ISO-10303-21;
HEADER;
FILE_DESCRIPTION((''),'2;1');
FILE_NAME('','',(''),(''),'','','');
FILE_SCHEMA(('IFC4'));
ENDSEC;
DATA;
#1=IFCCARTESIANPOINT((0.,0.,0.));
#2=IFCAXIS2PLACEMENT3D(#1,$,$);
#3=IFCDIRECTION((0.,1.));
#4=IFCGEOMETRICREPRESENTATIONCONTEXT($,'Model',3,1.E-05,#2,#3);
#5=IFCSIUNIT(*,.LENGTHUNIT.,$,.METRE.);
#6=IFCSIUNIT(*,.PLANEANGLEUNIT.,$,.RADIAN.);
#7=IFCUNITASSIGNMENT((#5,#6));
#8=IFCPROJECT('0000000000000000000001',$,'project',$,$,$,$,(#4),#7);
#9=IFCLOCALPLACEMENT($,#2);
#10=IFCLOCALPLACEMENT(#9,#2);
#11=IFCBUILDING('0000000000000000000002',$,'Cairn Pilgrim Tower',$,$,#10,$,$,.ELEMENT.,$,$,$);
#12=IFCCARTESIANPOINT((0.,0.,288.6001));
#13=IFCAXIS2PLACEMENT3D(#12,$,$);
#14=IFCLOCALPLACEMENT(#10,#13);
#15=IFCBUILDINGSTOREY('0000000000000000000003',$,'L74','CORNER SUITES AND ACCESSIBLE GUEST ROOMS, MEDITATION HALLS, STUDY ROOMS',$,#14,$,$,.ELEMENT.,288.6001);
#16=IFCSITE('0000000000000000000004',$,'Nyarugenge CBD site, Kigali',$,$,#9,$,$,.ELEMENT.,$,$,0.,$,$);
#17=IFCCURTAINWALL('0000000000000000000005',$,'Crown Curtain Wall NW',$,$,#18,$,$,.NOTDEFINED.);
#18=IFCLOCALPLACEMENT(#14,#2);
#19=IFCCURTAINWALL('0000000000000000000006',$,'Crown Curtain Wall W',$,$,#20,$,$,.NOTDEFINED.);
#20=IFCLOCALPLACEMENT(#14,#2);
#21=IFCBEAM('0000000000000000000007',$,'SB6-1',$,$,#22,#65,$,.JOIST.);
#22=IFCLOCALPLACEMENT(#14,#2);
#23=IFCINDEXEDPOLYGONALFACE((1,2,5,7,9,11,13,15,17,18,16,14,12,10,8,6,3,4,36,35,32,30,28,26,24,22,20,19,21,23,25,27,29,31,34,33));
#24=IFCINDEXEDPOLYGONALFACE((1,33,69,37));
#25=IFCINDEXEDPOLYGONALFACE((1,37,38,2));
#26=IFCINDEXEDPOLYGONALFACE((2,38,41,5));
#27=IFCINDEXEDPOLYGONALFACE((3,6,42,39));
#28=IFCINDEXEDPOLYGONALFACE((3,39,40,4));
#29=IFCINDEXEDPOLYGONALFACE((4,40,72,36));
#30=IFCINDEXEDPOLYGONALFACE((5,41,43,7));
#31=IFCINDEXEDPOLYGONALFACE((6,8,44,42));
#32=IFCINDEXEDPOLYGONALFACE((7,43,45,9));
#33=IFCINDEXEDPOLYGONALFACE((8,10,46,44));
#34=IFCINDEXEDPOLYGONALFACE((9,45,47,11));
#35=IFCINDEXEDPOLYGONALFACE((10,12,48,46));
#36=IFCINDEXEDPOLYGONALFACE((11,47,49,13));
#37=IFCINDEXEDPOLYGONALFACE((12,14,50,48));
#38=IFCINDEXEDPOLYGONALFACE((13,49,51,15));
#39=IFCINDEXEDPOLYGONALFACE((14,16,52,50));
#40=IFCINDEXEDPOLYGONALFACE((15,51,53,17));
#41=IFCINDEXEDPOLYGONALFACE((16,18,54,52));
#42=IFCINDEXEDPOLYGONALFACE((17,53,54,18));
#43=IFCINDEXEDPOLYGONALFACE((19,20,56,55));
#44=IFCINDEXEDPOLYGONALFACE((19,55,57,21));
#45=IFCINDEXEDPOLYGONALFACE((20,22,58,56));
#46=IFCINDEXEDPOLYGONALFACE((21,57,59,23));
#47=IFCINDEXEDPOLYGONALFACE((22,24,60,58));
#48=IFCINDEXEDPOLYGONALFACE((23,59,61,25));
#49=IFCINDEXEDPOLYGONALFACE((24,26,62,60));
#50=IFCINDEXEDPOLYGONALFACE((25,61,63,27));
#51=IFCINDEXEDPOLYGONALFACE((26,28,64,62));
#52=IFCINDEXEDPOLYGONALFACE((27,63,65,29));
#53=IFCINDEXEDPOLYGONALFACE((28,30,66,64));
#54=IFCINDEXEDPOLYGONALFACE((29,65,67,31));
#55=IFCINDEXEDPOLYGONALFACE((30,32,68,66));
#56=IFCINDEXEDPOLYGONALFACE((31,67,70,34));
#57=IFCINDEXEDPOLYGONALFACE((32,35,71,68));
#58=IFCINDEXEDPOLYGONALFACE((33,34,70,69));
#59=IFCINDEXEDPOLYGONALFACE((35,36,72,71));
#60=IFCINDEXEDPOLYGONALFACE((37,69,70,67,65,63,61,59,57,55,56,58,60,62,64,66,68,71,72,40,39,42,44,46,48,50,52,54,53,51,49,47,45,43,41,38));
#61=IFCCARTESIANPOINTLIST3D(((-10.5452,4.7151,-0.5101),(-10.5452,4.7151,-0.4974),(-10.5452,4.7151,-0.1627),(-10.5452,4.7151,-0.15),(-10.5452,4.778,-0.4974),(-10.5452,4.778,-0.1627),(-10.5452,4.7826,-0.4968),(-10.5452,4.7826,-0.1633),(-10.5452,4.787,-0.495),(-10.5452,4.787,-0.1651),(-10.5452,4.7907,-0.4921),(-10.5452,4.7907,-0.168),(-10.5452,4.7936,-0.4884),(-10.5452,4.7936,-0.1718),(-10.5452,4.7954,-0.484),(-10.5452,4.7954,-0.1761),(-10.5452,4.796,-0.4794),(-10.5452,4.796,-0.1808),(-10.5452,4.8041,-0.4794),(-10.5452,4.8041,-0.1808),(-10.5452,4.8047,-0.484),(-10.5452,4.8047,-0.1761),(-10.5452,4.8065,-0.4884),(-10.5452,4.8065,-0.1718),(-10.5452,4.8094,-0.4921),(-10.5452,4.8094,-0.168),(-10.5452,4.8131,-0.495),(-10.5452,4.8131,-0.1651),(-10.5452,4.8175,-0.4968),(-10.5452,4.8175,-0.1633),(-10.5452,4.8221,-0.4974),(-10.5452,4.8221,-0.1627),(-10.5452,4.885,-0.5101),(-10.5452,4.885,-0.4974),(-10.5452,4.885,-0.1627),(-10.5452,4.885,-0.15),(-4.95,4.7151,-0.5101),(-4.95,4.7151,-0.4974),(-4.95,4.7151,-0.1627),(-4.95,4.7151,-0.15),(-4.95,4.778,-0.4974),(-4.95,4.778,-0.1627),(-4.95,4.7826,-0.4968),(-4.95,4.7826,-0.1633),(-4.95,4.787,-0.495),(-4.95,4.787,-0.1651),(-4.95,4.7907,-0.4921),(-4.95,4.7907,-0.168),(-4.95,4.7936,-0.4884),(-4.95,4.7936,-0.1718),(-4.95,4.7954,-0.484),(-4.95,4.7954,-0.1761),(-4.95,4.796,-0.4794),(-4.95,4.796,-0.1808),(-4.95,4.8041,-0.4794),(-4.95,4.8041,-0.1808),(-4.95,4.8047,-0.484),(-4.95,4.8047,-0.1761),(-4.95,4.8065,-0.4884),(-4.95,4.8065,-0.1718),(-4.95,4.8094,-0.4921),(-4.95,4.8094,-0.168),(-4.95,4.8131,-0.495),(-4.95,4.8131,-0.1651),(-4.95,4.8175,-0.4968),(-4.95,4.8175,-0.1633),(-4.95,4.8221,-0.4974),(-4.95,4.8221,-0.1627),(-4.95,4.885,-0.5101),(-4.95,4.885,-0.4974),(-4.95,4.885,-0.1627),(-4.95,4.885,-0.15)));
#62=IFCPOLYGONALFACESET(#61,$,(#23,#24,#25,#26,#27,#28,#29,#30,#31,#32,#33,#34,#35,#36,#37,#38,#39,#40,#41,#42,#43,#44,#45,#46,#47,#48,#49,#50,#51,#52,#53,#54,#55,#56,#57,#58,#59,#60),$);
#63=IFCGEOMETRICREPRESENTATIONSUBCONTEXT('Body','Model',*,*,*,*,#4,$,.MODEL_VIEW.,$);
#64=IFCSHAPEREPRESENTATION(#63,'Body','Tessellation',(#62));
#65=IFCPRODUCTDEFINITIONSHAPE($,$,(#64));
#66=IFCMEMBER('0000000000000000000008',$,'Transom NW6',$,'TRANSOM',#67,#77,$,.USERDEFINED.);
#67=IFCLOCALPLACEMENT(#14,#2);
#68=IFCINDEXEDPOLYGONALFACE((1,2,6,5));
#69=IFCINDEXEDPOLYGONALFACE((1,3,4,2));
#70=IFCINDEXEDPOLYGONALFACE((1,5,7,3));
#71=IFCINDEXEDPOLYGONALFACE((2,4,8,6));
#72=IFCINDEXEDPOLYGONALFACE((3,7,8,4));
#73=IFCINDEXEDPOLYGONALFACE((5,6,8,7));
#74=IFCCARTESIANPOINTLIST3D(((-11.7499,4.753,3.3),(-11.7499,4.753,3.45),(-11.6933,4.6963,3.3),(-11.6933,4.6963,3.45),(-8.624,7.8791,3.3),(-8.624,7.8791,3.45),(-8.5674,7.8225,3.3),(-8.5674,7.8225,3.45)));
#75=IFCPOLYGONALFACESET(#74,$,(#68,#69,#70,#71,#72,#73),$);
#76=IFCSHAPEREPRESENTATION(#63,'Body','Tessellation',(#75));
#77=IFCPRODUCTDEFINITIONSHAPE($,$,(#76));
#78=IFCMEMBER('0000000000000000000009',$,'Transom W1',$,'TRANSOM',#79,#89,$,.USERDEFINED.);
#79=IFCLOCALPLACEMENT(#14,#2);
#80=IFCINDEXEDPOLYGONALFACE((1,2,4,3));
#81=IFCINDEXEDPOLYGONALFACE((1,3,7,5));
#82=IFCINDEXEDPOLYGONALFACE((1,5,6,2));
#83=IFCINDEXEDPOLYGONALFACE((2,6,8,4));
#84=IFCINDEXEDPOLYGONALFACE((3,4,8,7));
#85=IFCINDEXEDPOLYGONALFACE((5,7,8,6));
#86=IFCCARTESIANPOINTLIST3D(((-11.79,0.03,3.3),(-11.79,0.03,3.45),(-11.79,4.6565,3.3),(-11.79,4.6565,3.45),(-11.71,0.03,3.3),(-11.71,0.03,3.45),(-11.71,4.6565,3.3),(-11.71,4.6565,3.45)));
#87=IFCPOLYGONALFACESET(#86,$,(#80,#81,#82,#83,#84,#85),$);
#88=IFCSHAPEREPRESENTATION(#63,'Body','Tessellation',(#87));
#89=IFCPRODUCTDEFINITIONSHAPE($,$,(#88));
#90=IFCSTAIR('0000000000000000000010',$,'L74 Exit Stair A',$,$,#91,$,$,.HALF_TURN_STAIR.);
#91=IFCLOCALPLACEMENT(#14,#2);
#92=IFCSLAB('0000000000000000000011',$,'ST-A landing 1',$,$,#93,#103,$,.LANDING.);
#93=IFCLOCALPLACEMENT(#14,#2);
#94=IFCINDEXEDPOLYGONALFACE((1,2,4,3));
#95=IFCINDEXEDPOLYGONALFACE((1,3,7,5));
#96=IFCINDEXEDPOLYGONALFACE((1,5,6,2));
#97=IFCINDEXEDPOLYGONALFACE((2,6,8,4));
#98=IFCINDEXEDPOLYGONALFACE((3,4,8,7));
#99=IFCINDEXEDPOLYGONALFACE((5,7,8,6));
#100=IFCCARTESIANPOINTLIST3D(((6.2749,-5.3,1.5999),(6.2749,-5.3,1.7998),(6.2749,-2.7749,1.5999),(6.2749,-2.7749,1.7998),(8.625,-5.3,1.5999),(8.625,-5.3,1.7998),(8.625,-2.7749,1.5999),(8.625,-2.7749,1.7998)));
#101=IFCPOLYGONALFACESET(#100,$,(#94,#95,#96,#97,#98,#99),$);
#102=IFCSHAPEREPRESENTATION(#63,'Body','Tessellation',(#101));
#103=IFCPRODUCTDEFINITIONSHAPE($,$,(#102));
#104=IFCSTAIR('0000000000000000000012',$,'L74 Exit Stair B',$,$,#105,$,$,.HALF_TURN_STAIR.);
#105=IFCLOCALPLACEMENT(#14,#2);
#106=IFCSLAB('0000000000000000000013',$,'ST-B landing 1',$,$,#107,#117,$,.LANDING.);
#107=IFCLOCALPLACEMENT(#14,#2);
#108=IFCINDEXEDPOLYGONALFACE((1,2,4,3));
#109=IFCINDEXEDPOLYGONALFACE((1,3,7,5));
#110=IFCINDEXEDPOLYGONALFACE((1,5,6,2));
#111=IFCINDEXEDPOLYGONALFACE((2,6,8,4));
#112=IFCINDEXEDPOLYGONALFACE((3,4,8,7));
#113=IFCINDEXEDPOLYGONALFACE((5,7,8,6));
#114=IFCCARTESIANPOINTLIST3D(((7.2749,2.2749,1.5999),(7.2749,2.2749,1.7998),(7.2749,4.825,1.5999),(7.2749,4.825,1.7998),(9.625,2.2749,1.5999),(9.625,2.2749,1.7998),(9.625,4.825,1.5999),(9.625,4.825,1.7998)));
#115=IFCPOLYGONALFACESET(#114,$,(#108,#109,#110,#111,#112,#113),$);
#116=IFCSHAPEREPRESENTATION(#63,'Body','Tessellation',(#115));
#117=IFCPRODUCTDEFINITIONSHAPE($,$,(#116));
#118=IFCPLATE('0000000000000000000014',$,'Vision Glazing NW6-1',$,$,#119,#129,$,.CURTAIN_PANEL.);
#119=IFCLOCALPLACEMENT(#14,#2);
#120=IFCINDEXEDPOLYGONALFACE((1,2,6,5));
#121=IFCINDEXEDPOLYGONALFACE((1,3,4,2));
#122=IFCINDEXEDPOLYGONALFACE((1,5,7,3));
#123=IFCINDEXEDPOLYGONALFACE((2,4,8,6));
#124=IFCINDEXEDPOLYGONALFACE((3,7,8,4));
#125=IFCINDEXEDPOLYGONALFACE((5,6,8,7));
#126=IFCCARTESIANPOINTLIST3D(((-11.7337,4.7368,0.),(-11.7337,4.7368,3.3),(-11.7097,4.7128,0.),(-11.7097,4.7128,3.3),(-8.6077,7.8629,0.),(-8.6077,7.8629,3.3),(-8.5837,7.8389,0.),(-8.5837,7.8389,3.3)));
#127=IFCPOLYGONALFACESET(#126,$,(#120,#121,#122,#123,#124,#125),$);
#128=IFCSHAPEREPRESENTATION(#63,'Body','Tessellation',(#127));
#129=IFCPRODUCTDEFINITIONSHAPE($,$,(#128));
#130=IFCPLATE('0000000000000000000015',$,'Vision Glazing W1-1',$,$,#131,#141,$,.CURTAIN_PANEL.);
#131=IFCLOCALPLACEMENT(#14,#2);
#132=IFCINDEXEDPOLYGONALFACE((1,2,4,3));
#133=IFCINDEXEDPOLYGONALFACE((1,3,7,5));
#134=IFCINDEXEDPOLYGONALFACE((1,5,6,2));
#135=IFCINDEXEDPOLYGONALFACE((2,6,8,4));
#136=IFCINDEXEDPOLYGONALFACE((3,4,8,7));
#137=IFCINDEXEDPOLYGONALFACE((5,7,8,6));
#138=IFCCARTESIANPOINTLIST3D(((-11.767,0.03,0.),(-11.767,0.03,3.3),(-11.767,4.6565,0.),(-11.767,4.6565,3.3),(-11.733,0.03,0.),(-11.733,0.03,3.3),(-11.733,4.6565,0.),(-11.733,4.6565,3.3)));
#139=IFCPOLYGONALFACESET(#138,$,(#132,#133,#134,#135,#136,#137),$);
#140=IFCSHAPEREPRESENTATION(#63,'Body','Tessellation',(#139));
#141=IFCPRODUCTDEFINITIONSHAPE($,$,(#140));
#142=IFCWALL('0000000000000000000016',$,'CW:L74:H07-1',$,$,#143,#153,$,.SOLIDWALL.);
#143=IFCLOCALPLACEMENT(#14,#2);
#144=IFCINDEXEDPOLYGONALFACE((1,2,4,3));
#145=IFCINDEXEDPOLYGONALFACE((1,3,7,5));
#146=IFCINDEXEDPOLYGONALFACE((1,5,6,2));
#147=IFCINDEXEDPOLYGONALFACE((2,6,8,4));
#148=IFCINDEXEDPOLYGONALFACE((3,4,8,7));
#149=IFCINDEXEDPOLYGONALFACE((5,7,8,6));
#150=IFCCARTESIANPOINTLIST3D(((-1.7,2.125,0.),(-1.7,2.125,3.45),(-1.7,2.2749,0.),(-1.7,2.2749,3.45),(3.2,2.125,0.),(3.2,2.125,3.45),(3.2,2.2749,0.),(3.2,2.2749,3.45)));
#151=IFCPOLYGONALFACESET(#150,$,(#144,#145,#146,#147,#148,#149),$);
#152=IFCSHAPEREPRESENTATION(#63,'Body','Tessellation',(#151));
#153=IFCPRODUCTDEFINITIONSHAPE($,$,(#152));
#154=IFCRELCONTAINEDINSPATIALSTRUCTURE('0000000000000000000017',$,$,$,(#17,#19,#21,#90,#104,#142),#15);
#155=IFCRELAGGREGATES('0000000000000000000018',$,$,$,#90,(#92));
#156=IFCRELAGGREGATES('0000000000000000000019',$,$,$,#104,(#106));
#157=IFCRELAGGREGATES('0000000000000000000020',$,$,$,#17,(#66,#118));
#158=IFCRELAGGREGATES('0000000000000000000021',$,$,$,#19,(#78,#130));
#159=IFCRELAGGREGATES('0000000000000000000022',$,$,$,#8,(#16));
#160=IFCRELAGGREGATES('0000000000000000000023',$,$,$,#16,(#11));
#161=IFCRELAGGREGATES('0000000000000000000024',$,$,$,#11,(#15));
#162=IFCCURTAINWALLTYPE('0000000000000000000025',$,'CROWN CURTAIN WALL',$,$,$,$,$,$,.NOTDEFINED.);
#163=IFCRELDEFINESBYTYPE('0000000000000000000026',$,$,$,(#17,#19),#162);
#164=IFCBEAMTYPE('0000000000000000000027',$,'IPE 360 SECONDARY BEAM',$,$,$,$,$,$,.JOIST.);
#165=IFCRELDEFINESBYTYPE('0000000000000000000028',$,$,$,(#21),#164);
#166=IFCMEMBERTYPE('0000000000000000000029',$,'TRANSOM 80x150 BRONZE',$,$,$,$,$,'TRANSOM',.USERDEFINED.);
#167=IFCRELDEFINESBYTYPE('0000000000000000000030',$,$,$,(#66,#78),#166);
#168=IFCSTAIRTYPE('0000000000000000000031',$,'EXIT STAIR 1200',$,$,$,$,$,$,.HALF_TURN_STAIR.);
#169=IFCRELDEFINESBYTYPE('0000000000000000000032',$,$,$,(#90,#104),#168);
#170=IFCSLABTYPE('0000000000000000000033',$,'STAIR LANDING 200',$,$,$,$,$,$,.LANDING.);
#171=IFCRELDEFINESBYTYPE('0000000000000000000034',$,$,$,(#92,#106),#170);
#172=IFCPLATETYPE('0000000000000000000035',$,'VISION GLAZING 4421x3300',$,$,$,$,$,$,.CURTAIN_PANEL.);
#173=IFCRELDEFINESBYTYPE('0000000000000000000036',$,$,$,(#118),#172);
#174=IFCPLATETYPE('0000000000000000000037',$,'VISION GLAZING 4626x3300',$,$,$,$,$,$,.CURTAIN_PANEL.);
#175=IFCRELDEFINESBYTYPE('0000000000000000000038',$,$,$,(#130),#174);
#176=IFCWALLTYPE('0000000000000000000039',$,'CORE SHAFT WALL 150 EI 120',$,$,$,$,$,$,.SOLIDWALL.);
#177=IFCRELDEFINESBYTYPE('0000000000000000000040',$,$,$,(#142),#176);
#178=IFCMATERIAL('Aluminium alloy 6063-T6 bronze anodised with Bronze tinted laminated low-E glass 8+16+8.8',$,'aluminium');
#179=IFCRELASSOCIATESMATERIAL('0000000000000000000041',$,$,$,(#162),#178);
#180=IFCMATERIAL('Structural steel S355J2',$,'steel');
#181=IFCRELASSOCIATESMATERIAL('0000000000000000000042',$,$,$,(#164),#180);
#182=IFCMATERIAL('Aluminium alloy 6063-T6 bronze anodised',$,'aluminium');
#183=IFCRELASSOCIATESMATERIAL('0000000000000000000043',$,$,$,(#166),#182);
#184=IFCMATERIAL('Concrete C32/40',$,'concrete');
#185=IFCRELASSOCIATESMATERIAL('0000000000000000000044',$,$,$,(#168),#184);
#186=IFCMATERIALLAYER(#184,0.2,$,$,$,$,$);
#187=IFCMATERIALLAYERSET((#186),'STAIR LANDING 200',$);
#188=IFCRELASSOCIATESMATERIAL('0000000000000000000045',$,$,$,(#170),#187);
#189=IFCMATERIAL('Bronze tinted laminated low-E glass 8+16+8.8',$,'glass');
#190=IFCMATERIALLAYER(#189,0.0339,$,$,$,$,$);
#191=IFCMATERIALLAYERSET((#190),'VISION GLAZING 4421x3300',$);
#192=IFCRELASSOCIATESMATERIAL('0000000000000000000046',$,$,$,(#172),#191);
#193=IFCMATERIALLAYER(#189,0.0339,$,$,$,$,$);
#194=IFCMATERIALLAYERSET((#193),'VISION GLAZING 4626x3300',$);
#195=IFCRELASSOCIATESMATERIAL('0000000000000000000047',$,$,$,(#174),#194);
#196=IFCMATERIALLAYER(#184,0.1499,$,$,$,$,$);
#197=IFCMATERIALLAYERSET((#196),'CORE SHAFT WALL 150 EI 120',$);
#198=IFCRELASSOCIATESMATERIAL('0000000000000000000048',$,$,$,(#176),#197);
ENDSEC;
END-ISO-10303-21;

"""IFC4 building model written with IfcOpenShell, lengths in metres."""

from ifc_helpers import new_model, si_unit, direction, frame, frame_2d, origin, origin_2d, place, context, subcontext, project, spatial, polyline, rectangle, i_section, outline, extrude, material, layer, layer_set, material_profile, profile_set, type_object, element, aggregate, save


model = new_model("IFC4")

# Units and contexts
model_context = context("Model", 3, precision=1e-05, world=origin(), true_north=direction((0.0, 1.0)))
body_context = subcontext(model_context, "Body", "Model", "MODEL_VIEW")
ifc_project = project(units=[si_unit("LENGTHUNIT", "METRE"), si_unit("PLANEANGLEUNIT", "RADIAN")], contexts=[model_context])

# Site, building, storey
site_placement = place(None, origin())
site = spatial("IfcSite", under=ifc_project, at=site_placement, Name="Nyarugenge CBD site, Kigali", CompositionType="ELEMENT", RefElevation=0.0)
building_placement = place(site_placement, origin())
building = spatial("IfcBuilding", under=site, at=building_placement, Name="Cairn Pilgrim Tower", CompositionType="ELEMENT")
storey_placement = place(building_placement, frame((0.0, 0.0, 288.6001)))
storey = spatial("IfcBuildingStorey", under=building, at=storey_placement, Name="L74", Description="CORNER SUITES AND ACCESSIBLE GUEST ROOMS, MEDITATION HALLS, STUDY ROOMS", CompositionType="ELEMENT", Elevation=288.6001)

# Shared definitions
ifc_material_1 = material(Name="Structural steel S355J2", Category="steel")

# Curtain walls
ifc_material_2 = material(Name="Aluminium alloy 6063-T6 bronze anodised with Bronze tinted laminated low-E glass 8+16+8.8", Category="aluminium")
curtain_wall_type = type_object("IfcCurtainWallType", Name="CROWN CURTAIN WALL", PredefinedType="NOTDEFINED", material=ifc_material_2)
curtain_wall_1_placement = place(storey_placement, origin())
curtain_wall_1 = element("IfcCurtainWall", 1, at=curtain_wall_1_placement, inside=storey, type_object=curtain_wall_type, Name="Crown Curtain Wall NW", PredefinedType="NOTDEFINED")
ifc_material_3 = material(Name="Aluminium alloy 6063-T6 bronze anodised", Category="aluminium")
curtain_wall_2_placement = place(storey_placement, origin())
curtain_wall_2 = element("IfcCurtainWall", 2, at=curtain_wall_2_placement, inside=storey, type_object=curtain_wall_type, Name="Crown Curtain Wall W", PredefinedType="NOTDEFINED")

# Beam
ifc_material_profile_1 = material_profile(ifc_material_1, i_section(OverallWidth=0.1699, OverallDepth=0.3601, WebThickness=0.0081, FlangeThickness=0.0127, FilletRadius=0.0181, at=origin_2d()), Name="IPE 360")
ifc_profile_set_1 = profile_set([ifc_material_profile_1], Name="Structural steel S355J2")
beam_type_1 = type_object("IfcBeamType", Name="IPE 360 SECONDARY BEAM", PredefinedType="JOIST", material=ifc_profile_set_1)
beam_1_placement = place(storey_placement, frame((-10.5452, 4.8, -0.3301), z_axis=(1.0, 0.0, 0.0), x_axis=(0.0, 1.0, 0.0)))
element("IfcBeam", 3, at=beam_1_placement, inside=storey, type_object=beam_type_1, Name="SB6-1", PredefinedType="JOIST", context=body_context, shape_type="SweptSolid", body=[
    extrude(i_section(OverallWidth=0.1699, OverallDepth=0.3601, WebThickness=0.0081, FlangeThickness=0.0127, FilletRadius=0.0181, at=origin_2d()), origin(), (0.0, 0.0, 1.0), 5.5952),
])

# Members
ifc_material_profile_2 = material_profile(ifc_material_3, rectangle(XDim=0.0801, YDim=0.1499, at=origin_2d()), Name="TRANSOM 80x150 BRONZE")
ifc_profile_set_2 = profile_set([ifc_material_profile_2], Name="Aluminium alloy 6063-T6 bronze anodised")
member_type_1 = type_object("IfcMemberType", Name="TRANSOM 80x150 BRONZE", ElementType="TRANSOM", PredefinedType="USERDEFINED", material=ifc_profile_set_2)
member_1_placement = place(storey_placement, frame((-8.5957, 7.8508, 3.375), z_axis=(-0.707079, -0.707134, 0.0), x_axis=(0.707134, -0.707079, 0.0)))
member_1 = element("IfcMember", 4, at=member_1_placement, type_object=member_type_1, Name="Transom NW6", ObjectType="TRANSOM", PredefinedType="USERDEFINED", context=body_context, shape_type="SweptSolid", body=[
    extrude(rectangle(XDim=0.0801, YDim=0.1499, at=origin_2d()), origin(), (0.0, 0.0, 1.0), 4.4209),
])
member_2_placement = place(storey_placement, frame((-11.75, 4.6565, 3.375), z_axis=(0.0, -1.0, 0.0), x_axis=(1.0, 0.0, 0.0)))
member_2 = element("IfcMember", 5, at=member_2_placement, type_object=member_type_1, Name="Transom W1", ObjectType="TRANSOM", PredefinedType="USERDEFINED", context=body_context, shape_type="SweptSolid", body=[
    extrude(rectangle(XDim=0.0801, YDim=0.1499, at=origin_2d()), origin(), (0.0, 0.0, 1.0), 4.6265),
])

# Stairs, slabs
ifc_material_4 = material(Name="Concrete C32/40", Category="concrete")
stair_type = type_object("IfcStairType", Name="EXIT STAIR 1200", PredefinedType="HALF_TURN_STAIR", material=ifc_material_4)
stair_1_placement = place(storey_placement, origin())
stair_1 = element("IfcStair", 6, at=stair_1_placement, inside=storey, type_object=stair_type, Name="L74 Exit Stair A", PredefinedType="HALF_TURN_STAIR")
ifc_layer_1 = layer(ifc_material_4, 0.2)
ifc_layer_set_1 = layer_set([ifc_layer_1], Name="STAIR LANDING 200")
slab_type_1 = type_object("IfcSlabType", Name="STAIR LANDING 200", PredefinedType="LANDING", material=ifc_layer_set_1)
slab_1_placement = place(storey_placement, frame((0.0, 0.0, 1.5999)))
slab_1 = element("IfcSlab", 7, at=slab_1_placement, type_object=slab_type_1, Name="ST-A landing 1", PredefinedType="LANDING", context=body_context, shape_type="SweptSolid", body=[
    extrude(outline(polyline([(8.625, -2.7749), (6.2749, -2.7749), (6.2749, -5.3), (8.625, -5.3), (8.625, -2.7749)])), origin(), (0.0, 0.0, 1.0), 0.2),
])
aggregate(stair_1, [slab_1])
stair_2_placement = place(storey_placement, origin())
stair_2 = element("IfcStair", 8, at=stair_2_placement, inside=storey, type_object=stair_type, Name="L74 Exit Stair B", PredefinedType="HALF_TURN_STAIR")
slab_2_placement = place(storey_placement, frame((0.0, 0.0, 1.5999)))
slab_2 = element("IfcSlab", 9, at=slab_2_placement, type_object=slab_type_1, Name="ST-B landing 1", PredefinedType="LANDING", context=body_context, shape_type="SweptSolid", body=[
    extrude(outline(polyline([(7.2749, 2.2749), (9.625, 2.2749), (9.625, 4.825), (7.2749, 4.825), (7.2749, 2.2749)])), origin(), (0.0, 0.0, 1.0), 0.2),
])
aggregate(stair_2, [slab_2])

# Plates
ifc_material_5 = material(Name="Bronze tinted laminated low-E glass 8+16+8.8", Category="glass")
ifc_layer_2 = layer(ifc_material_5, 0.0339)
ifc_layer_set_2 = layer_set([ifc_layer_2], Name="VISION GLAZING 4421x3300")
plate_type_1 = type_object("IfcPlateType", Name="VISION GLAZING 4421x3300", PredefinedType="CURTAIN_PANEL", material=ifc_layer_set_2)
plate_1_placement = place(storey_placement, frame((-10.1587, 6.2878, 0.0), z_axis=(0.0, 0.0, 1.0), x_axis=(-0.707107, -0.707107, 0.0)))
plate_1 = element("IfcPlate", 10, at=plate_1_placement, type_object=plate_type_1, Name="Vision Glazing NW6-1", PredefinedType="CURTAIN_PANEL", context=body_context, shape_type="SweptSolid", body=[
    extrude(rectangle(XDim=4.4209, YDim=0.0339, at=origin_2d()), origin(), (0.0, 0.0, 1.0), 3.3),
])
aggregate(curtain_wall_1, [member_1, plate_1])
ifc_layer_3 = layer(ifc_material_5, 0.0339)
ifc_layer_set_3 = layer_set([ifc_layer_3], Name="VISION GLAZING 4626x3300")
plate_type_2 = type_object("IfcPlateType", Name="VISION GLAZING 4626x3300", PredefinedType="CURTAIN_PANEL", material=ifc_layer_set_3)
plate_2_placement = place(storey_placement, frame((-11.75, 2.3433, 0.0), z_axis=(0.0, 0.0, 1.0), x_axis=(0.0, -1.0, 0.0)))
plate_2 = element("IfcPlate", 11, at=plate_2_placement, type_object=plate_type_2, Name="Vision Glazing W1-1", PredefinedType="CURTAIN_PANEL", context=body_context, shape_type="SweptSolid", body=[
    extrude(rectangle(XDim=4.6265, YDim=0.0339, at=origin_2d()), origin(), (0.0, 0.0, 1.0), 3.3),
])
aggregate(curtain_wall_2, [member_2, plate_2])

# Wall
ifc_layer_4 = layer(ifc_material_4, 0.1499)
ifc_layer_set_4 = layer_set([ifc_layer_4], Name="CORE SHAFT WALL 150 EI 120")
wall_type_1 = type_object("IfcWallType", Name="CORE SHAFT WALL 150 EI 120", PredefinedType="SOLIDWALL", material=ifc_layer_set_4)
wall_1_placement = place(storey_placement, frame((-1.7, 2.2, 0.0), z_axis=(0.0, 0.0, 1.0), x_axis=(1.0, 0.0, 0.0)))
element("IfcWall", 12, at=wall_1_placement, inside=storey, type_object=wall_type_1, Name="CW:L74:H07-1", PredefinedType="SOLIDWALL", context=body_context, shape_type="SweptSolid", body=[
    extrude(rectangle(XDim=4.8999, YDim=0.1499, at=frame_2d((2.45, 0.0))), origin(), (0.0, 0.0, 1.0), 3.45),
])

save(model, "model.ifc")
